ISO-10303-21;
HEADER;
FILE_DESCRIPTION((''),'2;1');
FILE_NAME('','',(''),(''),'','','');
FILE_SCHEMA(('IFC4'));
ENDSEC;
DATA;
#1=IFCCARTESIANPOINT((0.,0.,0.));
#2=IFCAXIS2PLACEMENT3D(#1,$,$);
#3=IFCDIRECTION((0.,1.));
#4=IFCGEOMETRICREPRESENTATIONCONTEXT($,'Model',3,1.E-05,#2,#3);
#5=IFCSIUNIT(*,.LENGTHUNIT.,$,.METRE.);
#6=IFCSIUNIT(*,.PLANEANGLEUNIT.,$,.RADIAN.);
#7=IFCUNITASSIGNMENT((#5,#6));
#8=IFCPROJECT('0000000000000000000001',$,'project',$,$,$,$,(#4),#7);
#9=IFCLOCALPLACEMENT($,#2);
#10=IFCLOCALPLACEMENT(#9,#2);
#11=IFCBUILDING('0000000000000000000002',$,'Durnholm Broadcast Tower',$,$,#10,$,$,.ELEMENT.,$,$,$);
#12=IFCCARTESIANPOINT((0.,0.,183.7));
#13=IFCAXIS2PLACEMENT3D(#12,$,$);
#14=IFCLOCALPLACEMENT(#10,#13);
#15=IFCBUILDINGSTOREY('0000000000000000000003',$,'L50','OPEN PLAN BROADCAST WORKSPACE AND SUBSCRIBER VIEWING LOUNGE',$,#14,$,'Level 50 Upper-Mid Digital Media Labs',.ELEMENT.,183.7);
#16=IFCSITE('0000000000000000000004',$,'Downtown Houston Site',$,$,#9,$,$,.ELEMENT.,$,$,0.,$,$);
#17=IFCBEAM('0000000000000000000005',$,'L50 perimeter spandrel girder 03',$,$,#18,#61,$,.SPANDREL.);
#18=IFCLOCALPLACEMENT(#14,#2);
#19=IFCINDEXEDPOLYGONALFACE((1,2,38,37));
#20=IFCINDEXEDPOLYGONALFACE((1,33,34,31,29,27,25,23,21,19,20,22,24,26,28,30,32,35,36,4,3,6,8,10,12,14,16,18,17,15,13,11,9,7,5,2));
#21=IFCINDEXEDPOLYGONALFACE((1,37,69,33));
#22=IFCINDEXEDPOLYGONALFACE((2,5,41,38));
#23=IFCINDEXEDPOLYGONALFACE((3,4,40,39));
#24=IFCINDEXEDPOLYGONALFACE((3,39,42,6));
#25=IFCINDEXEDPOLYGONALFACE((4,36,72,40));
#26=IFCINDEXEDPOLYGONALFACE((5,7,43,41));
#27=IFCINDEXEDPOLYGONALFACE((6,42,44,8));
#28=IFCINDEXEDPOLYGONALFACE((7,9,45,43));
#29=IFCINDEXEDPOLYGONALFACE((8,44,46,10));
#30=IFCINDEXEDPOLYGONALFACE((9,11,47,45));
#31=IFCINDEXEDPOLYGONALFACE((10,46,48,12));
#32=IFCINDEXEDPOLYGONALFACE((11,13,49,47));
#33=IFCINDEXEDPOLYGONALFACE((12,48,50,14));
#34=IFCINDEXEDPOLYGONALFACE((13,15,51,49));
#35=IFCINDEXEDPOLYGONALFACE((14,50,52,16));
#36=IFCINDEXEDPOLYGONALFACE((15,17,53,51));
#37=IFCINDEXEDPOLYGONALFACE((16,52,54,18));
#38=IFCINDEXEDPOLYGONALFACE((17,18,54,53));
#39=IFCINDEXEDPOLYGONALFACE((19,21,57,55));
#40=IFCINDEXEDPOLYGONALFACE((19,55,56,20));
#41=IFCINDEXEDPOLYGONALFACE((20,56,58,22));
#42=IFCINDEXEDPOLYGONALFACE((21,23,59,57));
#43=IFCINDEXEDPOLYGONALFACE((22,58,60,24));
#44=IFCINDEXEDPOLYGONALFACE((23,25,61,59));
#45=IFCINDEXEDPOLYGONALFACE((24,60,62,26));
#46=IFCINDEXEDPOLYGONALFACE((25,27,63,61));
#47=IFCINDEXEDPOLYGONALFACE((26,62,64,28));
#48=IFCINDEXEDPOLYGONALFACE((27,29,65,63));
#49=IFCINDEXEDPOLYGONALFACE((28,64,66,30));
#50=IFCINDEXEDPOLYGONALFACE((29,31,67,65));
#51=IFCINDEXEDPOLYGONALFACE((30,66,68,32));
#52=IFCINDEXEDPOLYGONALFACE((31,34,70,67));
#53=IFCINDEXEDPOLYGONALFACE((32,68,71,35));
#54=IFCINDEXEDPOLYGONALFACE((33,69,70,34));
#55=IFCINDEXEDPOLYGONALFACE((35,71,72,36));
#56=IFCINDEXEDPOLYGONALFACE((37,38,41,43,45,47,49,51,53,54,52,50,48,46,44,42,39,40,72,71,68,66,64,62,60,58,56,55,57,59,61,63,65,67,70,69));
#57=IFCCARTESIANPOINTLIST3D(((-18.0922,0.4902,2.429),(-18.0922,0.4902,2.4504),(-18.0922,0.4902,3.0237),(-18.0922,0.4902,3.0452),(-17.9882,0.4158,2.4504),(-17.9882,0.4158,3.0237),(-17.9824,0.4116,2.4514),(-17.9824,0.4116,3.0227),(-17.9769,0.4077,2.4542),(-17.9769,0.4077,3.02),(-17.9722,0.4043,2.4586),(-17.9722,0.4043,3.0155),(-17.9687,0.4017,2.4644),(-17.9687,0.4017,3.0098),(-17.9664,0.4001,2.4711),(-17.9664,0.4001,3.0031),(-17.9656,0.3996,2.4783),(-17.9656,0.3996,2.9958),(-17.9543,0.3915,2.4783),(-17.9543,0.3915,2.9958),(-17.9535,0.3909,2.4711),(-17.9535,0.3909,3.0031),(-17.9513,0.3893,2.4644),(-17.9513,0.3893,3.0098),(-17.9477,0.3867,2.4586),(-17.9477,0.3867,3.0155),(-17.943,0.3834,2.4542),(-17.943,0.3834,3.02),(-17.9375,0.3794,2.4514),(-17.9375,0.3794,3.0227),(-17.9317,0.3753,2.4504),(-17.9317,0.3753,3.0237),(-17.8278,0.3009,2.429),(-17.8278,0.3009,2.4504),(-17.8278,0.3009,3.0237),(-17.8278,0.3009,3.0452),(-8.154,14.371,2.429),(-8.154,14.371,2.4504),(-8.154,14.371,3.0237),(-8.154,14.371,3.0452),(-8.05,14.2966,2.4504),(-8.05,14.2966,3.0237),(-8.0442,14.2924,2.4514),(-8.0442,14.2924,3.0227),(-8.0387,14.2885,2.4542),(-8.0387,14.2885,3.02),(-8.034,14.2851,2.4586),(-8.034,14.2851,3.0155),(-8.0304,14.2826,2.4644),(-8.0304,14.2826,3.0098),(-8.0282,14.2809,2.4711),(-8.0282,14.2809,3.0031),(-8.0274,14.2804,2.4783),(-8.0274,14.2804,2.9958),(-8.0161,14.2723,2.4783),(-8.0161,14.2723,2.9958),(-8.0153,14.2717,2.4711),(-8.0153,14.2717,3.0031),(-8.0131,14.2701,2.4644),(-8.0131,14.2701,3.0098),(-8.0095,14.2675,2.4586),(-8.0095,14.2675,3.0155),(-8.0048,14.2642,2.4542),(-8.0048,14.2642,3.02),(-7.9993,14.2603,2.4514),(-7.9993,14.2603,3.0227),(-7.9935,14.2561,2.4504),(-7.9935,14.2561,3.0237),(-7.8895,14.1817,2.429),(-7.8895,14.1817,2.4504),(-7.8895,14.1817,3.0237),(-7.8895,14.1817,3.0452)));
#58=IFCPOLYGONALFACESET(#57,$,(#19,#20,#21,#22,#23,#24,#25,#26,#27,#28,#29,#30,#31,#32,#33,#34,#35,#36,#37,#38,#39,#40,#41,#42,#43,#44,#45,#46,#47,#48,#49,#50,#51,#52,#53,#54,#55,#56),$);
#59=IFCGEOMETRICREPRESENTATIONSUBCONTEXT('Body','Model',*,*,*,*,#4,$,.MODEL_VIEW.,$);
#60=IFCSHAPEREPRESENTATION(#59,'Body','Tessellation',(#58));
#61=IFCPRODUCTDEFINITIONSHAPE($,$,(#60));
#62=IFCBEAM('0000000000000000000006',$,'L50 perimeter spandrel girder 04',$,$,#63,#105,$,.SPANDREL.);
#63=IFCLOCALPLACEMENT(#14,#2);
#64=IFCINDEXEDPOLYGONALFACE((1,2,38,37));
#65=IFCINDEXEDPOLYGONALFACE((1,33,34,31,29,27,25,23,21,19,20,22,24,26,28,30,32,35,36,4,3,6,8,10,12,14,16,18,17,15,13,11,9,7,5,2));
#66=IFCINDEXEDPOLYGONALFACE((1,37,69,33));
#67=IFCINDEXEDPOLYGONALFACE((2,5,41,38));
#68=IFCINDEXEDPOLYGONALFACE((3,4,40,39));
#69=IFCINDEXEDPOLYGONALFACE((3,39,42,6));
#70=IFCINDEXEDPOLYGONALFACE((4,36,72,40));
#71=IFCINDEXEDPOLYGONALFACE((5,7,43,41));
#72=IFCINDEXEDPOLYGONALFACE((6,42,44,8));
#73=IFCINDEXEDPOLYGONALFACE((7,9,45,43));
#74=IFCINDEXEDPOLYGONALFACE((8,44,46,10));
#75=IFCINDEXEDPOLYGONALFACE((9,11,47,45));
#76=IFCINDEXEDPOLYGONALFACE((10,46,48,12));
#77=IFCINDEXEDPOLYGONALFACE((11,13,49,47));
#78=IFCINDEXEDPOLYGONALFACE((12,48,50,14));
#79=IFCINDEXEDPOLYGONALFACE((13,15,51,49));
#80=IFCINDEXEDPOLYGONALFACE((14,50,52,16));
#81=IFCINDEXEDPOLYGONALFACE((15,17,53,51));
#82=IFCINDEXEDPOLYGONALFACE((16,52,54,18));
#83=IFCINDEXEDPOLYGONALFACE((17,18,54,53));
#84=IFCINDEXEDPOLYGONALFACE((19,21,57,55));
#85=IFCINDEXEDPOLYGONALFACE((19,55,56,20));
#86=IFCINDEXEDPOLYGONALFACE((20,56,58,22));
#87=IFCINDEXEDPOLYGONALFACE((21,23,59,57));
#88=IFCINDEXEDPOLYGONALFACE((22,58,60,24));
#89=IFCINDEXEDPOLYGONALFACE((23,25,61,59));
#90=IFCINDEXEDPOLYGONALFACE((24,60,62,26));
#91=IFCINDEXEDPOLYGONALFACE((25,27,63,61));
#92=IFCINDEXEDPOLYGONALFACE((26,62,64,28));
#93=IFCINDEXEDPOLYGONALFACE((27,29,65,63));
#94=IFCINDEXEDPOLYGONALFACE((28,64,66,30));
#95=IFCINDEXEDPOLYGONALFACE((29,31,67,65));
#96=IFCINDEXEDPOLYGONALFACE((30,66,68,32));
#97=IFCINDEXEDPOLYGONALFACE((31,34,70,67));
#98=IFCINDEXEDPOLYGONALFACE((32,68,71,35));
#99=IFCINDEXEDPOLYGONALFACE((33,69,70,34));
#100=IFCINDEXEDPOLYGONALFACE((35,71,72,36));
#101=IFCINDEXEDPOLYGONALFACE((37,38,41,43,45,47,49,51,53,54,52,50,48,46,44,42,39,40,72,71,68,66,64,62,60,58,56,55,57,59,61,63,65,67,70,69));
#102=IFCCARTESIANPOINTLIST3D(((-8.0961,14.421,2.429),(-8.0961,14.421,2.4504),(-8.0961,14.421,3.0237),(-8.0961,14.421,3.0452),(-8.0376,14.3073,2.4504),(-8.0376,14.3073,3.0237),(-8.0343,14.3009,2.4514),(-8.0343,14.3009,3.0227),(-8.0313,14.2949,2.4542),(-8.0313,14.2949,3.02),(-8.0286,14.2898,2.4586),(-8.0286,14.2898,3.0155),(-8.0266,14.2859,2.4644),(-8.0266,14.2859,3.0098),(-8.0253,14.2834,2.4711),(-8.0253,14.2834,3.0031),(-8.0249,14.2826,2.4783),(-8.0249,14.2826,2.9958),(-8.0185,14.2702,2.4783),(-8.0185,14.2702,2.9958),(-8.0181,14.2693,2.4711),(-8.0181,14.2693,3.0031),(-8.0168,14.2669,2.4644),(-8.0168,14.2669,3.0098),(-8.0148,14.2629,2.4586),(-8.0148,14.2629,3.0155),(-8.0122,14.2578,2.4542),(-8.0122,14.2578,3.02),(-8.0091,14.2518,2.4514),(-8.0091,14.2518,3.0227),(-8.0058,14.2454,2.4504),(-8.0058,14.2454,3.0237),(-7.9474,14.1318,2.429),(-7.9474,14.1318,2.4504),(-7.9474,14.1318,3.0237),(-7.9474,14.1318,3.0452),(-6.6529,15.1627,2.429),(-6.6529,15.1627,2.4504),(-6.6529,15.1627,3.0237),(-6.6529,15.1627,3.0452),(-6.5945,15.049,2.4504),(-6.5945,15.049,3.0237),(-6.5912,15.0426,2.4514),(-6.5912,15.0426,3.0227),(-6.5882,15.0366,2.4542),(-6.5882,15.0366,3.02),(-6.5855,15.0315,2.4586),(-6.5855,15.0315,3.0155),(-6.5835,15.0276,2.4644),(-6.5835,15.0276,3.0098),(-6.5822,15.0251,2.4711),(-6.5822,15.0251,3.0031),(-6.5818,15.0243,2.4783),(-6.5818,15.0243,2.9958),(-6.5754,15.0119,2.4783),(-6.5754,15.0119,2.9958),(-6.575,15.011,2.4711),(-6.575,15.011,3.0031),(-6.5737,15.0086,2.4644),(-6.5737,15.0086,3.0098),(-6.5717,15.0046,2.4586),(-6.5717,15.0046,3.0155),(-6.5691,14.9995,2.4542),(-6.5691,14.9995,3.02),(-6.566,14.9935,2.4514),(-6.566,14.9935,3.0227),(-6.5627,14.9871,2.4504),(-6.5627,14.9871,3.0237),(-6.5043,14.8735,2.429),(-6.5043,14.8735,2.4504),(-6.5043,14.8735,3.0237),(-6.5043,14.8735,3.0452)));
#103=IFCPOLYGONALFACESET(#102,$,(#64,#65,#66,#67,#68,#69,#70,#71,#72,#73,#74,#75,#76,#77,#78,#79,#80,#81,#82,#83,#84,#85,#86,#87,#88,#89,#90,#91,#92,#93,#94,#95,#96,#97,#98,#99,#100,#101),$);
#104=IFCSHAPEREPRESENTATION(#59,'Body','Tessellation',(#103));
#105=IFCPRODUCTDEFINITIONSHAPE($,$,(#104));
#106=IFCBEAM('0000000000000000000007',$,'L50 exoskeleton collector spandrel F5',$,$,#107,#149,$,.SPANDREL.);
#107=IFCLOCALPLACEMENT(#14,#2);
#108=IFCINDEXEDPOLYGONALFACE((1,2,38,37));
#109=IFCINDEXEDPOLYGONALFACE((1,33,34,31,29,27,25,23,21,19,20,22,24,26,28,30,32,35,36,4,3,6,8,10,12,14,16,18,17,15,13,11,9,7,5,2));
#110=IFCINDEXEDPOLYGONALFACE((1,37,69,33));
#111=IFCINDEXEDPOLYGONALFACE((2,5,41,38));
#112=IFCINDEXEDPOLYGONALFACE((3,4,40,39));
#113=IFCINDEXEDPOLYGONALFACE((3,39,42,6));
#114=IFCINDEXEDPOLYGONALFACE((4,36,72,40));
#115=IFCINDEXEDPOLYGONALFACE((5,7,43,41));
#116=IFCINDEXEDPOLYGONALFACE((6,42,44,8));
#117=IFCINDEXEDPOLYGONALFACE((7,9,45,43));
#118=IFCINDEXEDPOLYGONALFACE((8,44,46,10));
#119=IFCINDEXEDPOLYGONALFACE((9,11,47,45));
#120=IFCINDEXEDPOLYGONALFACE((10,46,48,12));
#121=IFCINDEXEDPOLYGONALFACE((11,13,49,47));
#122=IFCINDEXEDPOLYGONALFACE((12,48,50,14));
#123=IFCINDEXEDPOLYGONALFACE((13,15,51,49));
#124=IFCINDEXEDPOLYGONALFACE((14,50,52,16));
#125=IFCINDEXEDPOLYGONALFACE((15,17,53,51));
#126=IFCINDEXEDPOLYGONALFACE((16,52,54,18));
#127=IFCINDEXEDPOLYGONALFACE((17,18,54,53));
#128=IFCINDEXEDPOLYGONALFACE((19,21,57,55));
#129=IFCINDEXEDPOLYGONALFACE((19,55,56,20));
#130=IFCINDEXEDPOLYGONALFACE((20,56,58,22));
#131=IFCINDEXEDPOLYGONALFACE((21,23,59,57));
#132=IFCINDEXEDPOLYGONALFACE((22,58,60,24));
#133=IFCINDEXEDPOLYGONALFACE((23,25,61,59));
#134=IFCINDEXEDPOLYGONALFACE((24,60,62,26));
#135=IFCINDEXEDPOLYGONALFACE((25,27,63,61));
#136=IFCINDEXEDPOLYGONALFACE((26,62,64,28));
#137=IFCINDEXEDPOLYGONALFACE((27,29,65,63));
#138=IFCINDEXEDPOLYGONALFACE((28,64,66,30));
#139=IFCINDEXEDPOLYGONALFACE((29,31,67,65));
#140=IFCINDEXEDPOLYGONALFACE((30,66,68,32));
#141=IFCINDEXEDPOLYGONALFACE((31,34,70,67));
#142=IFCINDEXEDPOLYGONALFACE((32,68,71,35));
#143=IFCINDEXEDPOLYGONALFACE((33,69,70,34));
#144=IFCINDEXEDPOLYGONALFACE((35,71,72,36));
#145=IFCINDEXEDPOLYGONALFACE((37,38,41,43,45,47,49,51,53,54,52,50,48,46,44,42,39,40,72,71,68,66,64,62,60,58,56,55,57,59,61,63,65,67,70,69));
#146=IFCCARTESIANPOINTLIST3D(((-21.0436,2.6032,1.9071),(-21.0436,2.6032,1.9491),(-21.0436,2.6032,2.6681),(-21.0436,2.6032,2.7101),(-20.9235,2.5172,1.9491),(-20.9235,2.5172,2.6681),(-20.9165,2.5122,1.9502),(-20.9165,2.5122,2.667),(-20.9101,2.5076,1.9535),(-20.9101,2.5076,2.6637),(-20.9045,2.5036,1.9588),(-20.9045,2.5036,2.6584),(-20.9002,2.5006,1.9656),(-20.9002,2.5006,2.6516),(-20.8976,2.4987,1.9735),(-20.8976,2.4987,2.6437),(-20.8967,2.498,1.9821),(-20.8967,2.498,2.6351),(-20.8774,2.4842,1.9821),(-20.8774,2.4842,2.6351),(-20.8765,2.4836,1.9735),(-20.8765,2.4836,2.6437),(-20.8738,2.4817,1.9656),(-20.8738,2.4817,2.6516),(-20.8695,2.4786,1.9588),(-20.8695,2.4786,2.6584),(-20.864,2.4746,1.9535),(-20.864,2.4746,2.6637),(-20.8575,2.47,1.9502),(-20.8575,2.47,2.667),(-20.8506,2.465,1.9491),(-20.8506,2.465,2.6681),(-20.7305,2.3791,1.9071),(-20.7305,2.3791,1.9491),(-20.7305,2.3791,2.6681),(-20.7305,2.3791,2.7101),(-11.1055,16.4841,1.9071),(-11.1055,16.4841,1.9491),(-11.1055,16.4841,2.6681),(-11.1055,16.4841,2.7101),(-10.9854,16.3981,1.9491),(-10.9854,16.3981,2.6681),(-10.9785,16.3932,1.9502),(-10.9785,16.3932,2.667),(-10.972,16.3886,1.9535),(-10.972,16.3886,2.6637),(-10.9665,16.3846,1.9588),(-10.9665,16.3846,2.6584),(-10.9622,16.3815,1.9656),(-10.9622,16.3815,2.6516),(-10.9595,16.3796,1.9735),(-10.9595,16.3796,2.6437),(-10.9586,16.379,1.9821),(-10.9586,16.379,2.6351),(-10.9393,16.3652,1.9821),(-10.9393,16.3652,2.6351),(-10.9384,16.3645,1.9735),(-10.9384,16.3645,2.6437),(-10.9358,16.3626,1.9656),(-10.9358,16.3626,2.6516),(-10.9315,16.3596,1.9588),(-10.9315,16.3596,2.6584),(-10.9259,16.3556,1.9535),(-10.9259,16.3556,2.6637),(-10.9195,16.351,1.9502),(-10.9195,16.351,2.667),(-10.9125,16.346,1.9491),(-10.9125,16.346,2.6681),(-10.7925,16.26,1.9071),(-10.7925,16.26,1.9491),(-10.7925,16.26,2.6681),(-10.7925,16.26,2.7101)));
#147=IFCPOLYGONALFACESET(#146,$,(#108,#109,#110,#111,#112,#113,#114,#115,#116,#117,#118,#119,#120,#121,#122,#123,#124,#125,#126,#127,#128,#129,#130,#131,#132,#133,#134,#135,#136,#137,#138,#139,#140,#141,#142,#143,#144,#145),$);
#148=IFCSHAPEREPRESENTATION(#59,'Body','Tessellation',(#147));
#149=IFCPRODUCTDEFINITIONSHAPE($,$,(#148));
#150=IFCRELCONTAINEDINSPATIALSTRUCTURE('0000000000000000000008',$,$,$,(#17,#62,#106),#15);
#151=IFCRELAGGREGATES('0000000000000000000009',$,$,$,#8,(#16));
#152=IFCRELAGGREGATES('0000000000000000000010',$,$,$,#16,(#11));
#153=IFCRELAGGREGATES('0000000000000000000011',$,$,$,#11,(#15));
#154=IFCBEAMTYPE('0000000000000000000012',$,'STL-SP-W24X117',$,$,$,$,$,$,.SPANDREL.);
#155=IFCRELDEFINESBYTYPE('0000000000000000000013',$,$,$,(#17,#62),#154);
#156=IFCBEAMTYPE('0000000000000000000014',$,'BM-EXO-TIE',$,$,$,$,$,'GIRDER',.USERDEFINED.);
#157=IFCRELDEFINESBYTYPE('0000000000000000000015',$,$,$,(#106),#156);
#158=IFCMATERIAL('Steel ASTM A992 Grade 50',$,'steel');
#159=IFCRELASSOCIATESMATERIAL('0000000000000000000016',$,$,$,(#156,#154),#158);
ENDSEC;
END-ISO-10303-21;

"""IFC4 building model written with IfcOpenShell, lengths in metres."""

from ifc_helpers import new_model, si_unit, direction, frame, origin, origin_2d, place, context, subcontext, project, spatial, i_section, extrude, source, transform, mapped, material, material_profile, profile_set, type_object, type_shapes, element, save


model = new_model("IFC4")

# Units and contexts
model_context = context("Model", 3, precision=1e-05, world=origin(), true_north=direction((0.0, 1.0)))
body_context = subcontext(model_context, "Body", "Model", "MODEL_VIEW")
ifc_project = project(units=[si_unit("LENGTHUNIT", "METRE"), si_unit("PLANEANGLEUNIT", "RADIAN")], contexts=[model_context])

# Site, building, storey
site_placement = place(None, origin())
site = spatial("IfcSite", under=ifc_project, at=site_placement, Name="Downtown Houston Site", CompositionType="ELEMENT", RefElevation=0.0)
building_placement = place(site_placement, origin())
building = spatial("IfcBuilding", under=site, at=building_placement, Name="Durnholm Broadcast Tower", CompositionType="ELEMENT")
storey_placement = place(building_placement, frame((0.0, 0.0, 183.7)))
storey = spatial("IfcBuildingStorey", under=building, at=storey_placement, Name="L50", Description="OPEN PLAN BROADCAST WORKSPACE AND SUBSCRIBER VIEWING LOUNGE", LongName="Level 50 Upper-Mid Digital Media Labs", CompositionType="ELEMENT", Elevation=183.7)

# Beams
ifc_material_1 = material(Name="Steel ASTM A992 Grade 50", Category="steel")
ifc_material_profile_1 = material_profile(ifc_material_1, i_section(OverallWidth=0.385, OverallDepth=0.803, WebThickness=0.0237, FlangeThickness=0.042, FilletRadius=0.033, at=origin_2d()), Name="W30X261")
ifc_profile_set_1 = profile_set([ifc_material_profile_1], Name="Steel ASTM A992 Grade 50")
beam_type_1 = type_object("IfcBeamType", Name="BM-EXO-TIE", ElementType="GIRDER", PredefinedType="USERDEFINED", material=ifc_profile_set_1)
ifc_material_profile_2 = material_profile(ifc_material_1, i_section(OverallWidth=0.3252, OverallDepth=0.6162, WebThickness=0.0139, FlangeThickness=0.0215, FilletRadius=0.0278, at=origin_2d()), Name="W24X117")
ifc_profile_set_2 = profile_set([ifc_material_profile_2], Name="Steel ASTM A992 Grade 50")
beam_type_2 = type_object("IfcBeamType", Name="STL-SP-W24X117", PredefinedType="SPANDREL", material=ifc_profile_set_2)
shared_shape_1 = source(origin(), body_context, "Body", "SweptSolid", [
    extrude(i_section(OverallWidth=0.3252, OverallDepth=0.6162, WebThickness=0.0139, FlangeThickness=0.0215, FilletRadius=0.0278, at=origin_2d()), origin(), (0.0, 0.0, 1.0), 17.0718),
])
beam_1_placement = place(storey_placement, frame((-17.96, 0.3955, 2.7371), z_axis=(0.582143, 0.813087, 0.0), x_axis=(-0.813087, 0.582143, 0.0)))
element("IfcBeam", 1, at=beam_1_placement, inside=storey, type_object=beam_type_2, Name="L50 perimeter spandrel girder 03", PredefinedType="SPANDREL", context=body_context, shape_type="MappedRepresentation", body=[
    mapped(shared_shape_1, transform((0.0, 0.0, 0.0), x_axis=(1.0, 0.0, 0.0), y_axis=(0.0, 1.0, 0.0), z_axis=(0.0, 0.0, 1.0), scale=1.0)),
])
shared_shape_2 = source(origin(), body_context, "Body", "SweptSolid", [
    extrude(i_section(OverallWidth=0.3252, OverallDepth=0.6162, WebThickness=0.0139, FlangeThickness=0.0215, FilletRadius=0.0278, at=origin_2d()), origin(), (0.0, 0.0, 1.0), 1.6226),
])
type_shapes(beam_type_2, [shared_shape_1, shared_shape_2])
beam_2_placement = place(storey_placement, frame((-8.0217, 14.2764, 2.7371), z_axis=(0.889407, 0.457117, 0.0), x_axis=(-0.457117, 0.889407, 0.0)))
element("IfcBeam", 2, at=beam_2_placement, inside=storey, type_object=beam_type_2, Name="L50 perimeter spandrel girder 04", PredefinedType="SPANDREL", context=body_context, shape_type="MappedRepresentation", body=[
    mapped(shared_shape_2, transform((0.0, 0.0, 0.0), x_axis=(1.0, 0.0, 0.0), y_axis=(0.0, 1.0, 0.0), z_axis=(0.0, 0.0, 1.0), scale=1.0)),
])
shared_shape_3 = source(origin(), body_context, "Body", "SweptSolid", [
    extrude(i_section(OverallWidth=0.385, OverallDepth=0.803, WebThickness=0.0237, FlangeThickness=0.042, FilletRadius=0.033, at=origin_2d()), origin(), (0.0, 0.0, 1.0), 17.0718),
])
beam_3_placement = place(storey_placement, frame((-10.949, 16.3721, 2.3086), z_axis=(-0.582133, -0.813093, 0.0), x_axis=(0.813093, -0.582133, 0.0)))
element("IfcBeam", 3, at=beam_3_placement, inside=storey, type_object=beam_type_1, Name="L50 exoskeleton collector spandrel F5", PredefinedType="SPANDREL", context=body_context, shape_type="MappedRepresentation", body=[
    mapped(shared_shape_3, transform((0.0, 0.0, 0.0), x_axis=(1.0, 0.0, 0.0), y_axis=(0.0, 1.0, 0.0), z_axis=(0.0, 0.0, 1.0), scale=1.0)),
])

save(model, "model.ifc")
